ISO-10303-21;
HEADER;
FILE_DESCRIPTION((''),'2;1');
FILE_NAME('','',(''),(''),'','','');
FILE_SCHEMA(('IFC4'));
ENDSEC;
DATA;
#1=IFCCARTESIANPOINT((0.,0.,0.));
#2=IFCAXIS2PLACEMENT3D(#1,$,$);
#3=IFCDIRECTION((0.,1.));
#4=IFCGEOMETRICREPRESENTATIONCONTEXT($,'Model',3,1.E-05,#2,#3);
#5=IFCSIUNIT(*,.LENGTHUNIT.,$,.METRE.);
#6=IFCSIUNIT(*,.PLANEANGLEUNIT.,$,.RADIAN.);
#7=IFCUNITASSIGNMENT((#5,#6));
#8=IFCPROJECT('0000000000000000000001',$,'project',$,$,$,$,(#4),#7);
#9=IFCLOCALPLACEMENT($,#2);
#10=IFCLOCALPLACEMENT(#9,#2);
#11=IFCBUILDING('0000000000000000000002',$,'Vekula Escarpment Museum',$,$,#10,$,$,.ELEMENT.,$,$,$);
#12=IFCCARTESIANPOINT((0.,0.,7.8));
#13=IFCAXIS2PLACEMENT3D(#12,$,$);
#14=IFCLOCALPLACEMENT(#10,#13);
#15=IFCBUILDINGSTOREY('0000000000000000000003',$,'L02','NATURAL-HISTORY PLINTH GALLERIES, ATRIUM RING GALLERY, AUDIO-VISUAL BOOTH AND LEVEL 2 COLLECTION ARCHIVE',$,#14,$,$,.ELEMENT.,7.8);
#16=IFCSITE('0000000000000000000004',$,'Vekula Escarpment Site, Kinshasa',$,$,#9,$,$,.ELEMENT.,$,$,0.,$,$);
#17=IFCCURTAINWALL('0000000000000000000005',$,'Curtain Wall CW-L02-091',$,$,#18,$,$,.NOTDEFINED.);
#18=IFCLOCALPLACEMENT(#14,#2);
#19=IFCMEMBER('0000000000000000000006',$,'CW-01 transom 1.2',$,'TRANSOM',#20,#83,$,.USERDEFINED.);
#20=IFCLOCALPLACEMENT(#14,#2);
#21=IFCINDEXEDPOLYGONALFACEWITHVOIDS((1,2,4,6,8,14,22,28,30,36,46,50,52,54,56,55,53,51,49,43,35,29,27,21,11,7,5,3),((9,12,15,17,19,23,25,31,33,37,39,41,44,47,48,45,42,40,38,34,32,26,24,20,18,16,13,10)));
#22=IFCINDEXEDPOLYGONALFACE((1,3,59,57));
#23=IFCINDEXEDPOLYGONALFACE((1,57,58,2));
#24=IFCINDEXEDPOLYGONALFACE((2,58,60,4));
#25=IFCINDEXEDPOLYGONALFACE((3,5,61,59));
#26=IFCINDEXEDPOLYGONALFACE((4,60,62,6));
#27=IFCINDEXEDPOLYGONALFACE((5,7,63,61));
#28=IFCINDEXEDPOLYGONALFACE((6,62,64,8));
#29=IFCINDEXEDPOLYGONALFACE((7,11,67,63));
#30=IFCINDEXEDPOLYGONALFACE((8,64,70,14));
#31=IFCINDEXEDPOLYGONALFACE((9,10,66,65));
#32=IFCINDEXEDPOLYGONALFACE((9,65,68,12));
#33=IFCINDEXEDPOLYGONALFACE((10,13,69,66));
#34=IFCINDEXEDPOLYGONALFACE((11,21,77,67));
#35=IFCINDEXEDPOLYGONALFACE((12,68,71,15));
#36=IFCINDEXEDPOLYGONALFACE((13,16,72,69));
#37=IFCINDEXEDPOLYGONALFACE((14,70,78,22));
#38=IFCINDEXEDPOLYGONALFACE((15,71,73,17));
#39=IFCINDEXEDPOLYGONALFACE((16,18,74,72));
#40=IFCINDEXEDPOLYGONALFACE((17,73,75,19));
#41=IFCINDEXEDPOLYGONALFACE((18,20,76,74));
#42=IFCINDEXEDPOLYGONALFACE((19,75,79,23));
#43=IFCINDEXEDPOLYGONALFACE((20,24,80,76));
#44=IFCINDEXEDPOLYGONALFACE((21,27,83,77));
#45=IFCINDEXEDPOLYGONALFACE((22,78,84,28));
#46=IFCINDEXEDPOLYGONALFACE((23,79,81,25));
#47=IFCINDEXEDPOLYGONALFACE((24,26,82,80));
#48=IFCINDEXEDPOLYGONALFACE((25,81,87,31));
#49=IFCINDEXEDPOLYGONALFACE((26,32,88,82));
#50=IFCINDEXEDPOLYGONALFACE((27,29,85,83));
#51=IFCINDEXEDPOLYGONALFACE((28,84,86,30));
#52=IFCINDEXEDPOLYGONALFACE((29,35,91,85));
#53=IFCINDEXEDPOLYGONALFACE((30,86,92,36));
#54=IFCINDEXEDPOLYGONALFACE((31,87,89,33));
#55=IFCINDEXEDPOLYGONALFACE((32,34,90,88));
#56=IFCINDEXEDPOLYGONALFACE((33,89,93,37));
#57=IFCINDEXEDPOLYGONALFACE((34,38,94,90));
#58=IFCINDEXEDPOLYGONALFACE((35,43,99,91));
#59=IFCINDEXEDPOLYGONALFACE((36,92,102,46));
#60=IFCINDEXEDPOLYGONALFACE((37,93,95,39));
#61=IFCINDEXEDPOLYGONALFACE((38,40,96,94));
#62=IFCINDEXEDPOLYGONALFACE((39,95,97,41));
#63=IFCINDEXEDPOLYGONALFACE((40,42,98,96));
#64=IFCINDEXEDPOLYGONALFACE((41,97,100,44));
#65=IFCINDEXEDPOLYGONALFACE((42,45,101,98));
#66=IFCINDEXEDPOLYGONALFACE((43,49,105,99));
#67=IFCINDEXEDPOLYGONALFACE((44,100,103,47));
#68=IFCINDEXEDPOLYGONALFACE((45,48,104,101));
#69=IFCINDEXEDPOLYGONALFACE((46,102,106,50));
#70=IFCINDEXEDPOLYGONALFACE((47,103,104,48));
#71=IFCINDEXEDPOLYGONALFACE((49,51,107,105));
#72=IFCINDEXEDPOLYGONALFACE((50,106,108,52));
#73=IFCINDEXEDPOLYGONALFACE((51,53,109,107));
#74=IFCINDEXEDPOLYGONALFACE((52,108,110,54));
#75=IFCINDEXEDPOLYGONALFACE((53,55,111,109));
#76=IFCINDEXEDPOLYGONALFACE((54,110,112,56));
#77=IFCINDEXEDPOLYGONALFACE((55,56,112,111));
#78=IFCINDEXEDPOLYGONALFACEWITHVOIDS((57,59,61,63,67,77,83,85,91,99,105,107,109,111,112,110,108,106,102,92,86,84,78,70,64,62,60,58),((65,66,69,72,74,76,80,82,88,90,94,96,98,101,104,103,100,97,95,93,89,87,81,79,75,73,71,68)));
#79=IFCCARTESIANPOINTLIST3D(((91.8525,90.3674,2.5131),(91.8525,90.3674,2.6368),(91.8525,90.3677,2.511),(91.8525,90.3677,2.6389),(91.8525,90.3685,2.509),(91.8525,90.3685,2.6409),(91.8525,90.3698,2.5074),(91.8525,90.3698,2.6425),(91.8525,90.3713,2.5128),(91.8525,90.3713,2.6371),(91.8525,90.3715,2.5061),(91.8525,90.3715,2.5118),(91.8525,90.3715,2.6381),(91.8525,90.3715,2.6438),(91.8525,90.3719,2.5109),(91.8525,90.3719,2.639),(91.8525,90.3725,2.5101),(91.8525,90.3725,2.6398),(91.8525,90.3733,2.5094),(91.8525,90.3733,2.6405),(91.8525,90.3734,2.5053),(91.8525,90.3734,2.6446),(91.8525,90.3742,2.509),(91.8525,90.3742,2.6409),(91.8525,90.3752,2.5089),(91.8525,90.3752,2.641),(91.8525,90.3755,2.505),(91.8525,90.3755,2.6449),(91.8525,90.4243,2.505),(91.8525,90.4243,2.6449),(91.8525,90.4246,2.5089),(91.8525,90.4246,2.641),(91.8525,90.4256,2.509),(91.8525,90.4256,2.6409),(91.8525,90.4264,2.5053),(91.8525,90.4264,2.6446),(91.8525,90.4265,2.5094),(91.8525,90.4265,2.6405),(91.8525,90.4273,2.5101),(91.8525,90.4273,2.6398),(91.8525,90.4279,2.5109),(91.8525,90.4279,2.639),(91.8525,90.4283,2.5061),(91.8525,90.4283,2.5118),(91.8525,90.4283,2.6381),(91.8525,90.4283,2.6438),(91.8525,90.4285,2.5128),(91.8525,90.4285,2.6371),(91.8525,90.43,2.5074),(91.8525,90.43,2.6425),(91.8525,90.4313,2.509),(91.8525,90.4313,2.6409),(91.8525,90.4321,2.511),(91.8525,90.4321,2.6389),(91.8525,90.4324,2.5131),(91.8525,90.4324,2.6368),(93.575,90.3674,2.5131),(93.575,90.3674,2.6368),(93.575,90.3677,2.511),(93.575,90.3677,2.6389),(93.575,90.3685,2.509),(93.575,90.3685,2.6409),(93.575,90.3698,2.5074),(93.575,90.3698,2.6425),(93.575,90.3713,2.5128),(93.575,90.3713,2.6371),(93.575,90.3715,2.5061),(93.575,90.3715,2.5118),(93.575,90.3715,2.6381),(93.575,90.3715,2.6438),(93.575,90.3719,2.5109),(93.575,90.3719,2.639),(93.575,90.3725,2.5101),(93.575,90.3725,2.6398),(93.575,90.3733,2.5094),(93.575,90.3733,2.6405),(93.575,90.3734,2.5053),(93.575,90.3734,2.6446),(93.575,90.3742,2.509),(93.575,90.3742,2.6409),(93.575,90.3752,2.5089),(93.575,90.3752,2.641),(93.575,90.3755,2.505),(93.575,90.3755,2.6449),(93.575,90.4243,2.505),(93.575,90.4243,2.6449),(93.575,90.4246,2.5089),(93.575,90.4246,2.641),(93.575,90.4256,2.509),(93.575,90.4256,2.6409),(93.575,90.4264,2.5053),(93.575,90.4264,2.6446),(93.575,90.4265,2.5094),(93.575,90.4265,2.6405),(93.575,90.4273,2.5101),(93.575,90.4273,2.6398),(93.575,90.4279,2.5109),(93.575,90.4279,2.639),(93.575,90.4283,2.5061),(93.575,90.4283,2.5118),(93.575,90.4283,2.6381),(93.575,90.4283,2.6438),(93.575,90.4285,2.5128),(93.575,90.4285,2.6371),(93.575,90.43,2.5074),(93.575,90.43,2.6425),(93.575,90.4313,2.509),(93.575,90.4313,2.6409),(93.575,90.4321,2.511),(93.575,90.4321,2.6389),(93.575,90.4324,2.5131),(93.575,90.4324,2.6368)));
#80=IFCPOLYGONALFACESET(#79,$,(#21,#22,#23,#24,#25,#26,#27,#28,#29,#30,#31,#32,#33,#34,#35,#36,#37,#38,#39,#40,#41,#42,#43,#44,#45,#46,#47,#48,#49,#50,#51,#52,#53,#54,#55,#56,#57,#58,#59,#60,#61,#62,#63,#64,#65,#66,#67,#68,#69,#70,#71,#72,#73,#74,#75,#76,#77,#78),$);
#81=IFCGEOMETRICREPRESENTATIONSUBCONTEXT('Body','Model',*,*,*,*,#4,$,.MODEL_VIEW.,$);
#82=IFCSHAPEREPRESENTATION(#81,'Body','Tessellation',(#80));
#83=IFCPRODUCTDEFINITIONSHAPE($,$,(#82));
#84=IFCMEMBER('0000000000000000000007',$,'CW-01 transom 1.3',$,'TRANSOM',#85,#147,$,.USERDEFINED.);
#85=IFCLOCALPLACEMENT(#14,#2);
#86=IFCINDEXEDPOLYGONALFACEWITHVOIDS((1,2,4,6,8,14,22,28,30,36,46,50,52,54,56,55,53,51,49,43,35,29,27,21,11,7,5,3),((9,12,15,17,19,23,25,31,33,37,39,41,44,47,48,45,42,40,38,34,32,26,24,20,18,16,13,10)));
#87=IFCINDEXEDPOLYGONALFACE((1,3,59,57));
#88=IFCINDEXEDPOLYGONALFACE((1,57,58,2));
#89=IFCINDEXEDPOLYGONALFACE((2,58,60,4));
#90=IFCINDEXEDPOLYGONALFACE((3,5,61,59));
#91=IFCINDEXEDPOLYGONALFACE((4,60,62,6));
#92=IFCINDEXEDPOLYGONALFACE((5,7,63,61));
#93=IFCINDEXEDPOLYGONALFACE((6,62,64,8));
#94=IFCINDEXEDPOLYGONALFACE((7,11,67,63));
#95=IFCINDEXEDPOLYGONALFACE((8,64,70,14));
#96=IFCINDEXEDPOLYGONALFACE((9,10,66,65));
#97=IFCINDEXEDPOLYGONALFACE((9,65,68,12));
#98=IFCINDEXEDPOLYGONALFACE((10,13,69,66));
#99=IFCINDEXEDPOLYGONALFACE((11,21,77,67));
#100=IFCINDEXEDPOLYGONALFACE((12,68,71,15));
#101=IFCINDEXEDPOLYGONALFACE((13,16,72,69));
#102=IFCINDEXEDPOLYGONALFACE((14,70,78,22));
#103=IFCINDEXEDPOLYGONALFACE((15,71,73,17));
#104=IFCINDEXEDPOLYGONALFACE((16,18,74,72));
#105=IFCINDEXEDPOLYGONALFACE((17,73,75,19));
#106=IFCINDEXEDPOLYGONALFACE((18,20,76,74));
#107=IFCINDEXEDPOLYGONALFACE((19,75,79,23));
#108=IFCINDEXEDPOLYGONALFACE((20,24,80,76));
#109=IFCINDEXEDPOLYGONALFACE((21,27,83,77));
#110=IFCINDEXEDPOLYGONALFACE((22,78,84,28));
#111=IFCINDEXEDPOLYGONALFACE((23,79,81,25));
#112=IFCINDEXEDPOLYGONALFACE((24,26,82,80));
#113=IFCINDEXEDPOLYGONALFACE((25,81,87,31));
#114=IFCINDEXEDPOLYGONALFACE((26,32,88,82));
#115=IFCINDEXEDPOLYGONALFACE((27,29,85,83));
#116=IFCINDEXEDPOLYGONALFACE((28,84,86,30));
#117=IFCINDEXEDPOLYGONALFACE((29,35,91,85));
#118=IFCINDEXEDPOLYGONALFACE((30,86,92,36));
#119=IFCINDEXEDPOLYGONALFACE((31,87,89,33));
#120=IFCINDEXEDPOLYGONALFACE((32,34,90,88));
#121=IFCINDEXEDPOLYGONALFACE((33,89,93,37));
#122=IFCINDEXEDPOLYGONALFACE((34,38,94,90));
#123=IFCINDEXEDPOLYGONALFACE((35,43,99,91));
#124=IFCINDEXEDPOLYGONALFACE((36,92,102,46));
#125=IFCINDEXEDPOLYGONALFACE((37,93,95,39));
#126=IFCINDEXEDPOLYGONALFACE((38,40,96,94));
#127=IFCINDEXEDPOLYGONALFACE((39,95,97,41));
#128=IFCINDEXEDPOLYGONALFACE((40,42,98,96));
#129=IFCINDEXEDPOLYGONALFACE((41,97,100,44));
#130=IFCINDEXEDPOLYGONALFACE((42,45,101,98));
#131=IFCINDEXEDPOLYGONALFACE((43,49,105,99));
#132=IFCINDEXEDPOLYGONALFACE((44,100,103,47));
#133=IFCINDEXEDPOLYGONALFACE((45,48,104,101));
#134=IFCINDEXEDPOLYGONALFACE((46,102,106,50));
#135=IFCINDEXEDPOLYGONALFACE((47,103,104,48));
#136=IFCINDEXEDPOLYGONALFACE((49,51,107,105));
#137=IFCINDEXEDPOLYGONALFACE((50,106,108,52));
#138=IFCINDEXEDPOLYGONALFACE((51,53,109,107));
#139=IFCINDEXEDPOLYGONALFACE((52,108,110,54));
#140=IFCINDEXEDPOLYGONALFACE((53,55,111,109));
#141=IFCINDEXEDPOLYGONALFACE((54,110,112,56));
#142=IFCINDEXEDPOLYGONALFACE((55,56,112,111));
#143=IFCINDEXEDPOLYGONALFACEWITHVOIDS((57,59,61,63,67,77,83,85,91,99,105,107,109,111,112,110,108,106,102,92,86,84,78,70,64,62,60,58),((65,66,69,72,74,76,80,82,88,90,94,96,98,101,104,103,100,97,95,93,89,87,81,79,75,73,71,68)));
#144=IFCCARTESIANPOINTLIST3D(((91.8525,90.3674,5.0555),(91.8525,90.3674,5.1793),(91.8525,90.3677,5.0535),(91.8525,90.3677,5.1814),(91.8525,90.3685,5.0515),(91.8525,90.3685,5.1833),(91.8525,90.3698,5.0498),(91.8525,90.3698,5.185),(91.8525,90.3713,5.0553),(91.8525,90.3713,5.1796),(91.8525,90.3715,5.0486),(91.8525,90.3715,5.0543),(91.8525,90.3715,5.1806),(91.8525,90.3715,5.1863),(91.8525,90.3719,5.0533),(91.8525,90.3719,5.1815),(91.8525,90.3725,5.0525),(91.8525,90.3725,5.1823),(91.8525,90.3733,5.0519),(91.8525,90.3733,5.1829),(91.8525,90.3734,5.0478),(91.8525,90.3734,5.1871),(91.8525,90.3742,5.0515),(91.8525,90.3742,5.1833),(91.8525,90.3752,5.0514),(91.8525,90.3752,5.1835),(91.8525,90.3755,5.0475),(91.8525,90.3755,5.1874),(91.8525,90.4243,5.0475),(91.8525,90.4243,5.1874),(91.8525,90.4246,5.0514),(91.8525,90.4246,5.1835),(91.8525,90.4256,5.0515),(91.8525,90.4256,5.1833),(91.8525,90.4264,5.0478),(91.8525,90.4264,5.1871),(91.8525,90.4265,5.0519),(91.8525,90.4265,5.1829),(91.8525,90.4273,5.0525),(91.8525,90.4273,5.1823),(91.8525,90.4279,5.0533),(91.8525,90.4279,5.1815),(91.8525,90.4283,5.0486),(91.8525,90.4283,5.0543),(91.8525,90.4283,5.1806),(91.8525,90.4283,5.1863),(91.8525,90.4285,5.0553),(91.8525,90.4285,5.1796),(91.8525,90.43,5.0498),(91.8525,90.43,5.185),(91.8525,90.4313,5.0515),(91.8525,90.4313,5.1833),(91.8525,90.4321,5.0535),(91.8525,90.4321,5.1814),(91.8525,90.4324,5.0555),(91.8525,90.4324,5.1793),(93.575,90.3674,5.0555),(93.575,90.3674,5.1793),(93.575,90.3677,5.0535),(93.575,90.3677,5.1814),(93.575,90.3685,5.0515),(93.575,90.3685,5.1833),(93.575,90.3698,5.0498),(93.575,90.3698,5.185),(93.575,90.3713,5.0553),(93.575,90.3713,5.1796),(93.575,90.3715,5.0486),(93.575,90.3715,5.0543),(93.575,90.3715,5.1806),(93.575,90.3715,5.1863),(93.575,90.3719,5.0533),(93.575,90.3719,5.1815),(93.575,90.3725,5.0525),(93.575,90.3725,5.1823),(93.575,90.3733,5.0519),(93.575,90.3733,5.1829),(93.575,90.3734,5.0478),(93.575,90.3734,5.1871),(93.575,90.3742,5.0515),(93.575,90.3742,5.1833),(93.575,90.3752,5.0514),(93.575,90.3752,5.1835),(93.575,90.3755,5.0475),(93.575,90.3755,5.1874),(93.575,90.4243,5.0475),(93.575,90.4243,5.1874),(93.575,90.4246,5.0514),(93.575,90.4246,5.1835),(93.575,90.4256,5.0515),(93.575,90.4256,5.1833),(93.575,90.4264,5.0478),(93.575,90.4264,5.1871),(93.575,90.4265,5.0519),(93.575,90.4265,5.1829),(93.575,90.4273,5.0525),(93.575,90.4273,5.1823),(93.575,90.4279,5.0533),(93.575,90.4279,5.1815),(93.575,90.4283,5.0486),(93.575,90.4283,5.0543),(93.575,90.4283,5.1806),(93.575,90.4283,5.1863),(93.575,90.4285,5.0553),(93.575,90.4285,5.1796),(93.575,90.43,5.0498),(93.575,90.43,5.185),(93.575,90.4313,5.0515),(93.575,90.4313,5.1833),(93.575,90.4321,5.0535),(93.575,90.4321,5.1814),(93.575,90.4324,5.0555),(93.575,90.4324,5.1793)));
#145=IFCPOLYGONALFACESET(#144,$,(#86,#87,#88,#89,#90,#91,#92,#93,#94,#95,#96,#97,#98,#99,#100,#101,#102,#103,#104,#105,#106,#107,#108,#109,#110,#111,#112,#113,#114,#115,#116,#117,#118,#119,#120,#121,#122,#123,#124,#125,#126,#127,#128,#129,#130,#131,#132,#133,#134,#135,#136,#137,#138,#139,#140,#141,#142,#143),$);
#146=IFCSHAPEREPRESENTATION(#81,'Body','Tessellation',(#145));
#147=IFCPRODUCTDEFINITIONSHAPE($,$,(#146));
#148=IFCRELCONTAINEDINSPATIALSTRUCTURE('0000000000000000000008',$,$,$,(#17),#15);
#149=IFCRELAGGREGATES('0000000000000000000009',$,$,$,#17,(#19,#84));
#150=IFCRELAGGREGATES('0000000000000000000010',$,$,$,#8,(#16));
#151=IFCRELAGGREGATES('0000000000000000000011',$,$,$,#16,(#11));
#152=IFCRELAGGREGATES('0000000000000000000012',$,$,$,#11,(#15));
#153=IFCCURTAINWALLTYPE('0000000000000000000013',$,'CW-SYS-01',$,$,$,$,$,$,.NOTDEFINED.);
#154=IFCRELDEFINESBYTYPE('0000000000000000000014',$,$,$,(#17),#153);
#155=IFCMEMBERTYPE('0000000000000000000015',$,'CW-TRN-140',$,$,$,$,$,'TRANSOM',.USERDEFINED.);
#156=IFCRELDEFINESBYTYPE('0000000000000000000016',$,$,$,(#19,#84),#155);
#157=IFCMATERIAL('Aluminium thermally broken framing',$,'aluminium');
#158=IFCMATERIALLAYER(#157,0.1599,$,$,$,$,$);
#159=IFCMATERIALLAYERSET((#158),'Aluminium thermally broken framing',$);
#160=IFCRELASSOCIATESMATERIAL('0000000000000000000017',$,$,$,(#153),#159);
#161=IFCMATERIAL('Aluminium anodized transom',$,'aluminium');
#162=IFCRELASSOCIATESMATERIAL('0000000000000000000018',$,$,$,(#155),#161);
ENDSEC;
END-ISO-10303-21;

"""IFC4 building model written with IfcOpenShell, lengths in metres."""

from ifc_helpers import new_model, si_unit, direction, frame, origin, origin_2d, place, context, subcontext, project, spatial, hollow_rectangle, extrude, material, layer, layer_set, material_profile, profile_set, type_object, element, aggregate, save


model = new_model("IFC4")

# Units and contexts
model_context = context("Model", 3, precision=1e-05, world=origin(), true_north=direction((0.0, 1.0)))
body_context = subcontext(model_context, "Body", "Model", "MODEL_VIEW")
ifc_project = project(units=[si_unit("LENGTHUNIT", "METRE"), si_unit("PLANEANGLEUNIT", "RADIAN")], contexts=[model_context])

# Site, building, storey
site_placement = place(None, origin())
site = spatial("IfcSite", under=ifc_project, at=site_placement, Name="Vekula Escarpment Site, Kinshasa", CompositionType="ELEMENT", RefElevation=0.0)
building_placement = place(site_placement, origin())
building = spatial("IfcBuilding", under=site, at=building_placement, Name="Vekula Escarpment Museum", CompositionType="ELEMENT")
storey_placement = place(building_placement, frame((0.0, 0.0, 7.8)))
storey = spatial("IfcBuildingStorey", under=building, at=storey_placement, Name="L02", Description="NATURAL-HISTORY PLINTH GALLERIES, ATRIUM RING GALLERY, AUDIO-VISUAL BOOTH AND LEVEL 2 COLLECTION ARCHIVE", CompositionType="ELEMENT", Elevation=7.8)

# Curtain wall, members
ifc_material_1 = material(Name="Aluminium thermally broken framing", Category="aluminium")
ifc_layer_1 = layer(ifc_material_1, 0.1599)
ifc_layer_set_1 = layer_set([ifc_layer_1], Name="Aluminium thermally broken framing")
curtain_wall_type = type_object("IfcCurtainWallType", Name="CW-SYS-01", PredefinedType="NOTDEFINED", material=ifc_layer_set_1)
curtain_wall_placement = place(storey_placement, origin())
curtain_wall = element("IfcCurtainWall", 1, at=curtain_wall_placement, inside=storey, type_object=curtain_wall_type, Name="Curtain Wall CW-L02-091", PredefinedType="NOTDEFINED")
ifc_material_2 = material(Name="Aluminium anodized transom", Category="aluminium")
ifc_material_profile_1 = material_profile(ifc_material_2, hollow_rectangle(XDim=0.0649, YDim=0.1399, WallThickness=0.0039, InnerFilletRadius=0.0039, OuterFilletRadius=0.0081, at=origin_2d()), Name="ALU 140x65x4")
ifc_profile_set_1 = profile_set([ifc_material_profile_1], Name="Aluminium anodized transom")
member_type_1 = type_object("IfcMemberType", Name="CW-TRN-140", ElementType="TRANSOM", PredefinedType="USERDEFINED", material=ifc_profile_set_1)
member_1_placement = place(storey_placement, frame((93.575, 90.3999, 2.575), z_axis=(-1.0, 0.0, 0.0), x_axis=(0.0, -1.0, 0.0)))
member_1 = element("IfcMember", 2, at=member_1_placement, type_object=member_type_1, Name="CW-01 transom 1.2", ObjectType="TRANSOM", PredefinedType="USERDEFINED", context=body_context, shape_type="SweptSolid", body=[
    extrude(hollow_rectangle(XDim=0.0649, YDim=0.1399, WallThickness=0.0039, InnerFilletRadius=0.0039, OuterFilletRadius=0.0081, at=origin_2d()), origin(), (0.0, 0.0, 1.0), 1.7224),
])
member_2_placement = place(storey_placement, frame((93.575, 90.3999, 5.1174), z_axis=(-1.0, 0.0, 0.0), x_axis=(0.0, -1.0, 0.0)))
member_2 = element("IfcMember", 3, at=member_2_placement, type_object=member_type_1, Name="CW-01 transom 1.3", ObjectType="TRANSOM", PredefinedType="USERDEFINED", context=body_context, shape_type="SweptSolid", body=[
    extrude(hollow_rectangle(XDim=0.0649, YDim=0.1399, WallThickness=0.0039, InnerFilletRadius=0.0039, OuterFilletRadius=0.0081, at=origin_2d()), origin(), (0.0, 0.0, 1.0), 1.7224),
])
aggregate(curtain_wall, [member_1, member_2])

save(model, "model.ifc")
